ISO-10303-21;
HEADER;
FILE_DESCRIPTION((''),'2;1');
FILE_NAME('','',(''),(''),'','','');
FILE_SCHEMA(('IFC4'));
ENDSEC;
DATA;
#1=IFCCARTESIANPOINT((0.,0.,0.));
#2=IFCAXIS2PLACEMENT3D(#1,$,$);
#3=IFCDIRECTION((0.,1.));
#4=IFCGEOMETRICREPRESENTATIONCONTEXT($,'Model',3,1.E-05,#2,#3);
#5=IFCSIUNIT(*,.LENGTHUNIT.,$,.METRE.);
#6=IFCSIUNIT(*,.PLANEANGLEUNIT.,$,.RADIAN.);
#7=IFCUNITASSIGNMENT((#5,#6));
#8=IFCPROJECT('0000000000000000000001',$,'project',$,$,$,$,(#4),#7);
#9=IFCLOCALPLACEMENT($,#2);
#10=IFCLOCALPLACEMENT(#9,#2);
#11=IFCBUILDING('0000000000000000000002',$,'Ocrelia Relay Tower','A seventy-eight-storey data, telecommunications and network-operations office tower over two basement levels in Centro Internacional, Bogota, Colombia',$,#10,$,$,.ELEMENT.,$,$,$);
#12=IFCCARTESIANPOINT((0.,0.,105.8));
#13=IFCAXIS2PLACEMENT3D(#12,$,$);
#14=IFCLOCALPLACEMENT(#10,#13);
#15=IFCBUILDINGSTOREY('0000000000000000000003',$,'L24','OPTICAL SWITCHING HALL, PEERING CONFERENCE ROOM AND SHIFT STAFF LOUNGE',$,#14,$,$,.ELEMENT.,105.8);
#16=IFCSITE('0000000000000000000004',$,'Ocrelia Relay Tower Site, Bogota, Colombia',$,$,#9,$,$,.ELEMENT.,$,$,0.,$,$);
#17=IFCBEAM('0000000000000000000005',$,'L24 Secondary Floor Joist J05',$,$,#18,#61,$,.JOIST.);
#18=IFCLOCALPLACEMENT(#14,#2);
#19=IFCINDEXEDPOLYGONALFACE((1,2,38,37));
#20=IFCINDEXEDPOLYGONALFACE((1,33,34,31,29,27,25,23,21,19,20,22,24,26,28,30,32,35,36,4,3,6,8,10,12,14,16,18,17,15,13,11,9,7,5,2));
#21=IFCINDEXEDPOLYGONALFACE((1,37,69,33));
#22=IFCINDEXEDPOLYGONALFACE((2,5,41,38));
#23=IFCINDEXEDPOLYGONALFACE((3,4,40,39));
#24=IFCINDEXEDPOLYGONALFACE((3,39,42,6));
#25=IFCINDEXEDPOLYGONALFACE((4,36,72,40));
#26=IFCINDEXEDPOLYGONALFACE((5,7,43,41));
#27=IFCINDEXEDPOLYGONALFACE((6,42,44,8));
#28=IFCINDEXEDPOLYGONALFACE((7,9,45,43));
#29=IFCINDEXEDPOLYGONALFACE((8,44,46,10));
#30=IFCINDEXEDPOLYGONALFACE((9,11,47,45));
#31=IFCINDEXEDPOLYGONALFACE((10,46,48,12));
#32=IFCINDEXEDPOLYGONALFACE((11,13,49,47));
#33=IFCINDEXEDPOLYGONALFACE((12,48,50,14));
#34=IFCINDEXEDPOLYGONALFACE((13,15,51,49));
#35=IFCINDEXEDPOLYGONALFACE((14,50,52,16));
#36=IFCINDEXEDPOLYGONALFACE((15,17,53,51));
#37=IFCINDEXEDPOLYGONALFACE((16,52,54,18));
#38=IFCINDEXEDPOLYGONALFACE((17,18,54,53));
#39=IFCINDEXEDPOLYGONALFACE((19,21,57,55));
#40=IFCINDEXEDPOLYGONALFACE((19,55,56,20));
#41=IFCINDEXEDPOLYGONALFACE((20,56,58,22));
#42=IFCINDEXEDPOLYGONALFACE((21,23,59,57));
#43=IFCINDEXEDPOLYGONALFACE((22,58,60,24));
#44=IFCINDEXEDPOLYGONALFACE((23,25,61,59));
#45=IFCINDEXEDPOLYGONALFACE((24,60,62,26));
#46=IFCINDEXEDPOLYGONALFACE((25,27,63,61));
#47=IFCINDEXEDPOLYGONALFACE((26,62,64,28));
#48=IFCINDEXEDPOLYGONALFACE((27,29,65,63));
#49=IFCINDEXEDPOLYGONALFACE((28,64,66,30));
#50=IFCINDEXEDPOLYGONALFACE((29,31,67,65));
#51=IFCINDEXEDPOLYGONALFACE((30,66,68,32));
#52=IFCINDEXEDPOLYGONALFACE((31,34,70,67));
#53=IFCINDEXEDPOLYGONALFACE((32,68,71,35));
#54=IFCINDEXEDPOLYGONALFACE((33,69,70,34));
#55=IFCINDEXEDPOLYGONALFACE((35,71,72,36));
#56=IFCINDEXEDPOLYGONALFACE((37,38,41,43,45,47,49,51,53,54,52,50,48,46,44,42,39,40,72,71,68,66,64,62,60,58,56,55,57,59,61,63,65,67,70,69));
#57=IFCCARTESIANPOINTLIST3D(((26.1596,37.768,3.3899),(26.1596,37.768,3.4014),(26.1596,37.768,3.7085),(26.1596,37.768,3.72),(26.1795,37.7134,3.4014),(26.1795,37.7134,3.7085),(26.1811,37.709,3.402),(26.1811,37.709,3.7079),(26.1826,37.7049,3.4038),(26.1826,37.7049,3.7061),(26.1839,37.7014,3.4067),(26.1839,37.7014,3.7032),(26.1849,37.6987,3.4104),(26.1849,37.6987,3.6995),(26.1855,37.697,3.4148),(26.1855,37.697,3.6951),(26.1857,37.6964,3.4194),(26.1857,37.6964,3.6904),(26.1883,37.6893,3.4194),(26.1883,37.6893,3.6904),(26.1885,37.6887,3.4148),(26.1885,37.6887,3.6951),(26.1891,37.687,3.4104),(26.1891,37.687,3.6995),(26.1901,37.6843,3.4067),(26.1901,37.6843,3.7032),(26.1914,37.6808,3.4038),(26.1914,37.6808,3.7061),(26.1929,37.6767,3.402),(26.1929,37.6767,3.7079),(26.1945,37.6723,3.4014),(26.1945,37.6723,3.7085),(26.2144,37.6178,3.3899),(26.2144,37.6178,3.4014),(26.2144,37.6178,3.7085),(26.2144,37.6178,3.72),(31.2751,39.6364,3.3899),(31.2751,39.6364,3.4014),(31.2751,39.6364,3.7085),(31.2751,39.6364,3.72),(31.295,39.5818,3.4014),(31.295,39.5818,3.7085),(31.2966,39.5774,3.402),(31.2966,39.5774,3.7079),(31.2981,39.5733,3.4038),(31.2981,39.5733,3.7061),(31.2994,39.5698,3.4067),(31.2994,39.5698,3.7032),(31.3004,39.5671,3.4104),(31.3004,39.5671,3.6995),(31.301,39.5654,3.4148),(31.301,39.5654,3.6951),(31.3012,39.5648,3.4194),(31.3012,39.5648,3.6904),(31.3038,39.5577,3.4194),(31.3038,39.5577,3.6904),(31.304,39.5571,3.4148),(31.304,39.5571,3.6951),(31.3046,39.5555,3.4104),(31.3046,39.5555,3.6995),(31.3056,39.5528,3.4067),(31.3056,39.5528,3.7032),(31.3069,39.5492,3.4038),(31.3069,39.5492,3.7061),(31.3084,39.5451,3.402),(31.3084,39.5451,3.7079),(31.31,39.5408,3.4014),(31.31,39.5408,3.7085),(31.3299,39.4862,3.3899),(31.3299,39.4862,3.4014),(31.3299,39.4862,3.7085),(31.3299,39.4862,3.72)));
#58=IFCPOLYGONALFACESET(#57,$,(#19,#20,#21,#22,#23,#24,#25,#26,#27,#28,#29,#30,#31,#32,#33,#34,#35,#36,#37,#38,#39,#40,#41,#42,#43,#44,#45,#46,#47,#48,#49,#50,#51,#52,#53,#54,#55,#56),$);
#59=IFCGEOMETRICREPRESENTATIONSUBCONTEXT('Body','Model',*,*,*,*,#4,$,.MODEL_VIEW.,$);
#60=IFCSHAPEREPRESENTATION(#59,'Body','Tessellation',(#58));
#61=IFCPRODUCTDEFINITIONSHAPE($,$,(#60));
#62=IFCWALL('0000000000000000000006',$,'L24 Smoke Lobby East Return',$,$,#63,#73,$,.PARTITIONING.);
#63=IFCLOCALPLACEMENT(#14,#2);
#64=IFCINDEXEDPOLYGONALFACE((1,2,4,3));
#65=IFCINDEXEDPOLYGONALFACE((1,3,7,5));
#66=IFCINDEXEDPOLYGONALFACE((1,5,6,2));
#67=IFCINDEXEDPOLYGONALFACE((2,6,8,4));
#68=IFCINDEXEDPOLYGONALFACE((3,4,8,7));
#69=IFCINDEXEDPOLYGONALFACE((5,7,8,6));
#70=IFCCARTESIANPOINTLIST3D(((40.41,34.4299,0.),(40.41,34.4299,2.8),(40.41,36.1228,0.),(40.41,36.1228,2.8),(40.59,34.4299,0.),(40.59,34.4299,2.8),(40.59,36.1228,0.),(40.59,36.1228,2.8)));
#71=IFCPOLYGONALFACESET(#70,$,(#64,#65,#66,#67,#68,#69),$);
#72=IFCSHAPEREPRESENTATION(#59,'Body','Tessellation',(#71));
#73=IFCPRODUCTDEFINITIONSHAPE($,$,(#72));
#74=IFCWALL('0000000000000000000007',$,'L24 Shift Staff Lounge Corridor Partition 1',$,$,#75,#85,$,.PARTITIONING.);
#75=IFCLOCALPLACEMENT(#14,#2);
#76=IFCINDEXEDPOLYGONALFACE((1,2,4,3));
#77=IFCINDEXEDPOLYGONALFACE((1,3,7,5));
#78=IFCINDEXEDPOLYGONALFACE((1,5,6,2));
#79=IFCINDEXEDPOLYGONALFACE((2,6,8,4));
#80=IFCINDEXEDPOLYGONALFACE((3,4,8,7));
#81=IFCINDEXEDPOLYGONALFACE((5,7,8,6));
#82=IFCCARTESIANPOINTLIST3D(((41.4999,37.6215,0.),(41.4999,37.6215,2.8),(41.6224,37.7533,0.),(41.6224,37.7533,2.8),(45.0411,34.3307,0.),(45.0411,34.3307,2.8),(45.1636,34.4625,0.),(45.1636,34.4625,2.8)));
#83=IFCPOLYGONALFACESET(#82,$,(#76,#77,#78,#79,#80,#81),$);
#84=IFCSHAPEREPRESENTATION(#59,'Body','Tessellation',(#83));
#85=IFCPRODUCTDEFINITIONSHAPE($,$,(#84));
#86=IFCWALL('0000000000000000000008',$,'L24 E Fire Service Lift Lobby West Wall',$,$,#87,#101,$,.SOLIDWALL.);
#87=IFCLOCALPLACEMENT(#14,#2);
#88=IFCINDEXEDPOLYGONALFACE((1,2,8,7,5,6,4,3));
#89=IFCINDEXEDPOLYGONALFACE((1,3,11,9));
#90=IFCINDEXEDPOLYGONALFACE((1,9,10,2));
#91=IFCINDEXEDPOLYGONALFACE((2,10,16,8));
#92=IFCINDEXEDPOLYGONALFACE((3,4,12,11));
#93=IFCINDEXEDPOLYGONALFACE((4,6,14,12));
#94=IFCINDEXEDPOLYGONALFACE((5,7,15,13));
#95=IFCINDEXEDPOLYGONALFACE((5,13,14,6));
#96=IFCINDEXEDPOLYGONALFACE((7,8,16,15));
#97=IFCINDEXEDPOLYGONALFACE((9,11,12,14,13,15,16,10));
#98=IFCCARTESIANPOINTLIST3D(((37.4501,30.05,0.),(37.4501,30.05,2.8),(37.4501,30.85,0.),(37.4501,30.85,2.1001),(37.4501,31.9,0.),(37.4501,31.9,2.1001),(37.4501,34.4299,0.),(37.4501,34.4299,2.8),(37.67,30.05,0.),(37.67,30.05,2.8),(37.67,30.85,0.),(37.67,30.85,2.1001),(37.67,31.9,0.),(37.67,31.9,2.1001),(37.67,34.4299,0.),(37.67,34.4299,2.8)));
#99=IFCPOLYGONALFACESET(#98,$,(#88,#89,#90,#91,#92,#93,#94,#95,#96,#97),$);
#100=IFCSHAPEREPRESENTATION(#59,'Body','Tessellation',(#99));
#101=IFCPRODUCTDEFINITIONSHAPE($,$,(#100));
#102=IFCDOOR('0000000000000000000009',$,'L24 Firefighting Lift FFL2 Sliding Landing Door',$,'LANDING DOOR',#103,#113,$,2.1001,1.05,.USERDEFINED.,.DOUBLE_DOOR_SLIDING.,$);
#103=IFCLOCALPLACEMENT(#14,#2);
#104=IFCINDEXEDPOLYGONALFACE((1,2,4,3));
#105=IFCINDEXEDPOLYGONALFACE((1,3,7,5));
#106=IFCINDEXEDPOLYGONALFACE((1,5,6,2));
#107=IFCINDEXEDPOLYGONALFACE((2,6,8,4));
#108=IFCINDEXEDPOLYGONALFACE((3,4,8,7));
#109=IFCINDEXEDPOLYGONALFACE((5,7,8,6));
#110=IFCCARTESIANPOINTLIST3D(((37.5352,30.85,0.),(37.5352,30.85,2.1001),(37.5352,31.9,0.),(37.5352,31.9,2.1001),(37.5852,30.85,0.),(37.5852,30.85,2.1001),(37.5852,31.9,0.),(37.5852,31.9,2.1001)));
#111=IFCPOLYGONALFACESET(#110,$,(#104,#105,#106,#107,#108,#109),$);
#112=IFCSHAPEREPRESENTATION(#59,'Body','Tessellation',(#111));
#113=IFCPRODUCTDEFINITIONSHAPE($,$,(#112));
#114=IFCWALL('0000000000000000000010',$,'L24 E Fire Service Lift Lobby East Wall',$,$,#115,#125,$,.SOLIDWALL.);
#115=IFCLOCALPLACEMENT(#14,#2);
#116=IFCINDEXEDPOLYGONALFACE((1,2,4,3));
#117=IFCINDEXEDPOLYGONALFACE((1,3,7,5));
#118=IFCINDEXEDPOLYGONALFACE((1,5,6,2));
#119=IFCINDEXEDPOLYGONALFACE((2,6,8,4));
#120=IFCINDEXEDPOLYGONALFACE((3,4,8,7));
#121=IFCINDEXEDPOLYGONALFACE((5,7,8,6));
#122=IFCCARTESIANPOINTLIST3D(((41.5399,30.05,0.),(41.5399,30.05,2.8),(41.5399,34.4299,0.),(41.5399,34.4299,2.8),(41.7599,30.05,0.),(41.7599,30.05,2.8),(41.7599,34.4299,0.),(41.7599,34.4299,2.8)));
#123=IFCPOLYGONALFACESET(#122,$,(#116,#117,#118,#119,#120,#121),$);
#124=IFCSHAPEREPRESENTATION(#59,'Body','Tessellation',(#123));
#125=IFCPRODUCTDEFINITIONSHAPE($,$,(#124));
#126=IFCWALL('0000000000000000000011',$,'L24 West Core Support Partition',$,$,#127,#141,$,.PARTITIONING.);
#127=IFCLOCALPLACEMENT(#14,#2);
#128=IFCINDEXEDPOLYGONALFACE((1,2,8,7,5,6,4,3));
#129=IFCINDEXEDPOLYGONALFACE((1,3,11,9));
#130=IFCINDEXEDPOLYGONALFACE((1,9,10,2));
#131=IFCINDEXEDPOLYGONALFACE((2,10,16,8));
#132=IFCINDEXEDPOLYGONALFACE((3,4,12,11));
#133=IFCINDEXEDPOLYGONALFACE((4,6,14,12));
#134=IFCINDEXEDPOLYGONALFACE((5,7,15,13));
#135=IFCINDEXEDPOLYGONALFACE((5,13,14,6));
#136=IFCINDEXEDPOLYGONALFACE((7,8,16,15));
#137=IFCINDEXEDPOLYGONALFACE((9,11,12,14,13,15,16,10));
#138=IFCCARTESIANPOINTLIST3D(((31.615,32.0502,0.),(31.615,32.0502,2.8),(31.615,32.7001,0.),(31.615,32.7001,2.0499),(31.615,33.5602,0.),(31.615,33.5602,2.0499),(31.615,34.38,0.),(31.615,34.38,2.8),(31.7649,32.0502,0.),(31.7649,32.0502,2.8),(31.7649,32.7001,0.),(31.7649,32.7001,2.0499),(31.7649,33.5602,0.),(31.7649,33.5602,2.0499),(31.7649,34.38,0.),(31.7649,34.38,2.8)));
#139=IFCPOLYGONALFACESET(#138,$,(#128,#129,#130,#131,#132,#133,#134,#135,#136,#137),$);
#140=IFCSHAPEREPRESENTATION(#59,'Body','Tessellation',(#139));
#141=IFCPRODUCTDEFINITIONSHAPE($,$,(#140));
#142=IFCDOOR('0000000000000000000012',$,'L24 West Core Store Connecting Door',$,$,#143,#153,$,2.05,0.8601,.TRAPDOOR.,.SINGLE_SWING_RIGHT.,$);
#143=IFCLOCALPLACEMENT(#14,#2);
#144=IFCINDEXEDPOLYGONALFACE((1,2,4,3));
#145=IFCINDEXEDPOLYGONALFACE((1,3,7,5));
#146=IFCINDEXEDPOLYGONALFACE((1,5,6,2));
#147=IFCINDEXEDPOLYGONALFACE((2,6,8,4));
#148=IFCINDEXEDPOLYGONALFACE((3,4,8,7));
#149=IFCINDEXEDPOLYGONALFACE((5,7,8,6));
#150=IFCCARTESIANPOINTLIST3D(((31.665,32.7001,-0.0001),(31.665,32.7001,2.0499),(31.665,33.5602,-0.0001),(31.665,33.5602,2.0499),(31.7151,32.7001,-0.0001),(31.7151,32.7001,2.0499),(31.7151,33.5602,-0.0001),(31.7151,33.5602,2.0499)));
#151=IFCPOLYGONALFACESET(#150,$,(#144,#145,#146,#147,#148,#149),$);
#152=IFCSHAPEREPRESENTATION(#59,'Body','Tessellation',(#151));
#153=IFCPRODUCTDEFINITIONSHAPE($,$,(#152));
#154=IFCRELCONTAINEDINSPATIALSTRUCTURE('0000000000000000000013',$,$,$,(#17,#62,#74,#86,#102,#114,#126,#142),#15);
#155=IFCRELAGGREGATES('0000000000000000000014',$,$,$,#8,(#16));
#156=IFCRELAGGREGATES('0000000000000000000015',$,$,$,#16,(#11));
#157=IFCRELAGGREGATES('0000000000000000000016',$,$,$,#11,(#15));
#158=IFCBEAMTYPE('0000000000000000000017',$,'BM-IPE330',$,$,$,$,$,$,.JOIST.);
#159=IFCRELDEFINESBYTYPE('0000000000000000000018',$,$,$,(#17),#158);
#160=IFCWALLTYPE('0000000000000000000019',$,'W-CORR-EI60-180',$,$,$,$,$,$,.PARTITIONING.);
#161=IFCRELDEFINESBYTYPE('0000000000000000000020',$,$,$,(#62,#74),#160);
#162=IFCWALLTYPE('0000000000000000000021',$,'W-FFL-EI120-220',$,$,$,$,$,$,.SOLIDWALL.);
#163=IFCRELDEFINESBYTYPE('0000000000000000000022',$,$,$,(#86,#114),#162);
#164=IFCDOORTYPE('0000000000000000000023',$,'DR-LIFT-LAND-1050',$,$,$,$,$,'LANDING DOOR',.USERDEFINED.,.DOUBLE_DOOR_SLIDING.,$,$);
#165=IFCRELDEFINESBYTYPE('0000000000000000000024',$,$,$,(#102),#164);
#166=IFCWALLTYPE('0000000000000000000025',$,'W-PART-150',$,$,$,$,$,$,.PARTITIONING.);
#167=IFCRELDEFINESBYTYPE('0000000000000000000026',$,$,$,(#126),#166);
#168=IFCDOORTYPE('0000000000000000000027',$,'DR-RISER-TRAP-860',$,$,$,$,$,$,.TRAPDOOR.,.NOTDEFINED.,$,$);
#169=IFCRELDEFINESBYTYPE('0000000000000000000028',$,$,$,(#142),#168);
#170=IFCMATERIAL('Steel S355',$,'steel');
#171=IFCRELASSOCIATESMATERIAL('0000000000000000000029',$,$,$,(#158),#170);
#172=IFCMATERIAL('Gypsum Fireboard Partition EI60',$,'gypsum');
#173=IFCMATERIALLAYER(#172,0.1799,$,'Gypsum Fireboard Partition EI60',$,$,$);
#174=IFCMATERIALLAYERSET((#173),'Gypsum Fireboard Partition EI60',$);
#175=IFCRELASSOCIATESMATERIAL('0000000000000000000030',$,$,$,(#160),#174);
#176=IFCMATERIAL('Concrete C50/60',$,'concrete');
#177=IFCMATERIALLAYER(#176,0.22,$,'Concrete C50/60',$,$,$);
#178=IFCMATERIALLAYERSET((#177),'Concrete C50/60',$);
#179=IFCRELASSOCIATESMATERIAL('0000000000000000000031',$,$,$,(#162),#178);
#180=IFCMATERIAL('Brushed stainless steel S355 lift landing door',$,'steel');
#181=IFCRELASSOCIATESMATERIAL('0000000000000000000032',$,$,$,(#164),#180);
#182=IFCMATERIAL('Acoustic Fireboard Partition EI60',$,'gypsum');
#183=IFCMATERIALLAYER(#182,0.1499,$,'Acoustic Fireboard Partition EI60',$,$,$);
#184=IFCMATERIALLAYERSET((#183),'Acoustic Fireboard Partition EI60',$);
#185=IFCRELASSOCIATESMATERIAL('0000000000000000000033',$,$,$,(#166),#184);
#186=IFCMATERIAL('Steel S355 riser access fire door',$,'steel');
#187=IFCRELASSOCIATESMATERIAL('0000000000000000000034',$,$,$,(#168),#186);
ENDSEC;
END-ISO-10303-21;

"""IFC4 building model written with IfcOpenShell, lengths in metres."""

from ifc_helpers import new_model, si_unit, direction, frame, frame_2d, origin, origin_2d, place, context, subcontext, project, spatial, rectangle, i_section, extrude, material, layer, layer_set, material_profile, profile_set, type_object, element, fill, save


model = new_model("IFC4")

# Units and contexts
model_context = context("Model", 3, precision=1e-05, world=origin(), true_north=direction((0.0, 1.0)))
body_context = subcontext(model_context, "Body", "Model", "MODEL_VIEW")
ifc_project = project(units=[si_unit("LENGTHUNIT", "METRE"), si_unit("PLANEANGLEUNIT", "RADIAN")], contexts=[model_context])

# Site, building, storey
site_placement = place(None, origin())
site = spatial("IfcSite", under=ifc_project, at=site_placement, Name="Ocrelia Relay Tower Site, Bogota, Colombia", CompositionType="ELEMENT", RefElevation=0.0)
building_placement = place(site_placement, origin())
building = spatial("IfcBuilding", under=site, at=building_placement, Name="Ocrelia Relay Tower", Description="A seventy-eight-storey data, telecommunications and network-operations office tower over two basement levels in Centro Internacional, Bogota, Colombia", CompositionType="ELEMENT")
storey_placement = place(building_placement, frame((0.0, 0.0, 105.8)))
storey = spatial("IfcBuildingStorey", under=building, at=storey_placement, Name="L24", Description="OPTICAL SWITCHING HALL, PEERING CONFERENCE ROOM AND SHIFT STAFF LOUNGE", CompositionType="ELEMENT", Elevation=105.8)

# Beam
ifc_material_1 = material(Name="Steel S355", Category="steel")
ifc_material_profile_1 = material_profile(ifc_material_1, i_section(OverallWidth=0.1599, OverallDepth=0.3301, WebThickness=0.0076, FlangeThickness=0.0115, FilletRadius=0.0181, at=origin_2d()), Name="IPE 330")
ifc_profile_set_1 = profile_set([ifc_material_profile_1], Name="Steel S355")
beam_type = type_object("IfcBeamType", Name="BM-IPE330", PredefinedType="JOIST", material=ifc_profile_set_1)
beam_1_placement = place(storey_placement, frame((31.3025, 39.5613, 3.5549), z_axis=(-0.939307, -0.343078, 0.0), x_axis=(0.343078, -0.939307, 0.0)))
element("IfcBeam", 1, at=beam_1_placement, inside=storey, type_object=beam_type, Name="L24 Secondary Floor Joist J05", PredefinedType="JOIST", context=body_context, shape_type="SweptSolid", body=[
    extrude(i_section(OverallWidth=0.1599, OverallDepth=0.3301, WebThickness=0.0076, FlangeThickness=0.0115, FilletRadius=0.0181, at=origin_2d()), origin(), (0.0, 0.0, 1.0), 5.446),
])

# Wall
ifc_material_2 = material(Name="Gypsum Fireboard Partition EI60", Category="gypsum")
ifc_layer_1 = layer(ifc_material_2, 0.1799, Name="Gypsum Fireboard Partition EI60")
ifc_layer_set_1 = layer_set([ifc_layer_1], Name="Gypsum Fireboard Partition EI60")
wall_type_1 = type_object("IfcWallType", Name="W-CORR-EI60-180", PredefinedType="PARTITIONING", material=ifc_layer_set_1)
wall_1_placement = place(storey_placement, frame((40.5, 36.1228, 0.0), z_axis=(0.0, 0.0, 1.0), x_axis=(0.0, -1.0, 0.0)))
element("IfcWall", 2, at=wall_1_placement, inside=storey, type_object=wall_type_1, Name="L24 Smoke Lobby East Return", PredefinedType="PARTITIONING", context=body_context, shape_type="SweptSolid", body=[
    extrude(rectangle(XDim=1.6929, YDim=0.1799, at=frame_2d((0.8464, 0.0))), origin(), (0.0, 0.0, 1.0), 2.8),
])

# Wall
wall_2_placement = place(storey_placement, frame((45.1023, 34.3967, 0.0), z_axis=(0.0, 0.0, 1.0), x_axis=(-0.73254, 0.680724, 0.0)))
element("IfcWall", 3, at=wall_2_placement, inside=storey, type_object=wall_type_1, Name="L24 Shift Staff Lounge Corridor Partition 1", PredefinedType="PARTITIONING", context=body_context, shape_type="SweptSolid", body=[
    extrude(rectangle(XDim=4.8342, YDim=0.1799, at=frame_2d((2.417, 0.0))), origin(), (0.0, 0.0, 1.0), 2.8),
])

# Wall, opening, door
ifc_material_3 = material(Name="Concrete C50/60", Category="concrete")
ifc_layer_2 = layer(ifc_material_3, 0.22, Name="Concrete C50/60")
ifc_layer_set_2 = layer_set([ifc_layer_2], Name="Concrete C50/60")
wall_type_2 = type_object("IfcWallType", Name="W-FFL-EI120-220", PredefinedType="SOLIDWALL", material=ifc_layer_set_2)
wall_3_placement = place(storey_placement, frame((37.5601, 30.05, 0.0), z_axis=(0.0, 0.0, 1.0), x_axis=(0.0, 1.0, 0.0)))
wall_3 = element("IfcWall", 4, at=wall_3_placement, inside=storey, type_object=wall_type_2, Name="L24 E Fire Service Lift Lobby West Wall", PredefinedType="SOLIDWALL", context=body_context, shape_type="SweptSolid", body=[
    extrude(rectangle(XDim=4.3799, YDim=0.22, at=frame_2d((2.1899, 0.0))), origin(), (0.0, 0.0, 1.0), 2.8),
])
opening_1_placement = place(wall_3_placement, frame((0.8, 0.0, 0.0)))
opening_1 = element("IfcOpeningElement", 5, at=opening_1_placement, cuts=wall_3, PredefinedType="OPENING", context=body_context, shape_type="SweptSolid", body=[
    extrude(rectangle(XDim=1.05, YDim=2.1001, at=frame_2d((0.5249, 1.05))), frame((0.0, 0.1201, 0.0), z_axis=(0.0, -1.0, 0.0), x_axis=(1.0, 0.0, 0.0)), (0.0, 0.0, 1.0), 0.24),
])
ifc_material_4 = material(Name="Brushed stainless steel S355 lift landing door", Category="steel")
door_type_1 = type_object("IfcDoorType", Name="DR-LIFT-LAND-1050", ElementType="LANDING DOOR", OperationType="DOUBLE_DOOR_SLIDING", PredefinedType="USERDEFINED", material=ifc_material_4)
door_1_placement = place(opening_1_placement, origin())
door_1 = element("IfcDoor", 6, at=door_1_placement, inside=storey, type_object=door_type_1, Name="L24 Firefighting Lift FFL2 Sliding Landing Door", ObjectType="LANDING DOOR", OperationType="DOUBLE_DOOR_SLIDING", OverallHeight=2.1001, OverallWidth=1.05, PredefinedType="USERDEFINED", context=body_context, shape_type="SweptSolid", body=[
    extrude(rectangle(XDim=1.05, YDim=2.1001, at=frame_2d((0.5249, 1.05))), frame((0.0, 0.0249, 0.0), z_axis=(0.0, -1.0, 0.0), x_axis=(1.0, 0.0, 0.0)), (0.0, 0.0, 1.0), 0.05),
])
fill(opening_1, door_1)

# Wall
wall_4_placement = place(storey_placement, frame((41.6499, 30.05, 0.0), z_axis=(0.0, 0.0, 1.0), x_axis=(0.0, 1.0, 0.0)))
element("IfcWall", 7, at=wall_4_placement, inside=storey, type_object=wall_type_2, Name="L24 E Fire Service Lift Lobby East Wall", PredefinedType="SOLIDWALL", context=body_context, shape_type="SweptSolid", body=[
    extrude(rectangle(XDim=4.3799, YDim=0.22, at=frame_2d((2.1899, 0.0))), origin(), (0.0, 0.0, 1.0), 2.8),
])

# Wall, opening, door
ifc_material_5 = material(Name="Acoustic Fireboard Partition EI60", Category="gypsum")
ifc_layer_3 = layer(ifc_material_5, 0.1499, Name="Acoustic Fireboard Partition EI60")
ifc_layer_set_3 = layer_set([ifc_layer_3], Name="Acoustic Fireboard Partition EI60")
wall_type_3 = type_object("IfcWallType", Name="W-PART-150", PredefinedType="PARTITIONING", material=ifc_layer_set_3)
wall_5_placement = place(storey_placement, frame((31.6899, 32.05, 0.0), z_axis=(0.0, 0.0, 1.0), x_axis=(0.0, 1.0, 0.0)))
wall_5 = element("IfcWall", 8, at=wall_5_placement, inside=storey, type_object=wall_type_3, Name="L24 West Core Support Partition", PredefinedType="PARTITIONING", context=body_context, shape_type="SweptSolid", body=[
    extrude(rectangle(XDim=2.3298, YDim=0.1499, at=frame_2d((1.165, 0.0))), origin(), (0.0, 0.0, 1.0), 2.8),
])
opening_2_placement = place(wall_5_placement, frame((0.6499, 0.0, 0.0)))
opening_2 = element("IfcOpeningElement", 9, at=opening_2_placement, cuts=wall_5, PredefinedType="OPENING", context=body_context, shape_type="SweptSolid", body=[
    extrude(rectangle(XDim=0.8601, YDim=2.05, at=frame_2d((0.4302, 1.0249))), frame((0.0, 0.085, 0.0), z_axis=(0.0, -1.0, 0.0), x_axis=(1.0, 0.0, 0.0)), (0.0, 0.0, 1.0), 0.1699),
])
ifc_material_6 = material(Name="Steel S355 riser access fire door", Category="steel")
door_type_2 = type_object("IfcDoorType", Name="DR-RISER-TRAP-860", OperationType="NOTDEFINED", PredefinedType="TRAPDOOR", material=ifc_material_6)
door_2_placement = place(opening_2_placement, origin())
door_2 = element("IfcDoor", 10, at=door_2_placement, inside=storey, type_object=door_type_2, Name="L24 West Core Store Connecting Door", OperationType="SINGLE_SWING_RIGHT", OverallHeight=2.05, OverallWidth=0.8601, PredefinedType="TRAPDOOR", context=body_context, shape_type="SweptSolid", body=[
    extrude(rectangle(XDim=0.8601, YDim=2.05, at=frame_2d((0.4302, 1.0249))), frame((0.0, 0.0249, 0.0), z_axis=(0.0, -1.0, 0.0), x_axis=(1.0, 0.0, 0.0)), (0.0, 0.0, 1.0), 0.05),
])
fill(opening_2, door_2)

save(model, "model.ifc")
